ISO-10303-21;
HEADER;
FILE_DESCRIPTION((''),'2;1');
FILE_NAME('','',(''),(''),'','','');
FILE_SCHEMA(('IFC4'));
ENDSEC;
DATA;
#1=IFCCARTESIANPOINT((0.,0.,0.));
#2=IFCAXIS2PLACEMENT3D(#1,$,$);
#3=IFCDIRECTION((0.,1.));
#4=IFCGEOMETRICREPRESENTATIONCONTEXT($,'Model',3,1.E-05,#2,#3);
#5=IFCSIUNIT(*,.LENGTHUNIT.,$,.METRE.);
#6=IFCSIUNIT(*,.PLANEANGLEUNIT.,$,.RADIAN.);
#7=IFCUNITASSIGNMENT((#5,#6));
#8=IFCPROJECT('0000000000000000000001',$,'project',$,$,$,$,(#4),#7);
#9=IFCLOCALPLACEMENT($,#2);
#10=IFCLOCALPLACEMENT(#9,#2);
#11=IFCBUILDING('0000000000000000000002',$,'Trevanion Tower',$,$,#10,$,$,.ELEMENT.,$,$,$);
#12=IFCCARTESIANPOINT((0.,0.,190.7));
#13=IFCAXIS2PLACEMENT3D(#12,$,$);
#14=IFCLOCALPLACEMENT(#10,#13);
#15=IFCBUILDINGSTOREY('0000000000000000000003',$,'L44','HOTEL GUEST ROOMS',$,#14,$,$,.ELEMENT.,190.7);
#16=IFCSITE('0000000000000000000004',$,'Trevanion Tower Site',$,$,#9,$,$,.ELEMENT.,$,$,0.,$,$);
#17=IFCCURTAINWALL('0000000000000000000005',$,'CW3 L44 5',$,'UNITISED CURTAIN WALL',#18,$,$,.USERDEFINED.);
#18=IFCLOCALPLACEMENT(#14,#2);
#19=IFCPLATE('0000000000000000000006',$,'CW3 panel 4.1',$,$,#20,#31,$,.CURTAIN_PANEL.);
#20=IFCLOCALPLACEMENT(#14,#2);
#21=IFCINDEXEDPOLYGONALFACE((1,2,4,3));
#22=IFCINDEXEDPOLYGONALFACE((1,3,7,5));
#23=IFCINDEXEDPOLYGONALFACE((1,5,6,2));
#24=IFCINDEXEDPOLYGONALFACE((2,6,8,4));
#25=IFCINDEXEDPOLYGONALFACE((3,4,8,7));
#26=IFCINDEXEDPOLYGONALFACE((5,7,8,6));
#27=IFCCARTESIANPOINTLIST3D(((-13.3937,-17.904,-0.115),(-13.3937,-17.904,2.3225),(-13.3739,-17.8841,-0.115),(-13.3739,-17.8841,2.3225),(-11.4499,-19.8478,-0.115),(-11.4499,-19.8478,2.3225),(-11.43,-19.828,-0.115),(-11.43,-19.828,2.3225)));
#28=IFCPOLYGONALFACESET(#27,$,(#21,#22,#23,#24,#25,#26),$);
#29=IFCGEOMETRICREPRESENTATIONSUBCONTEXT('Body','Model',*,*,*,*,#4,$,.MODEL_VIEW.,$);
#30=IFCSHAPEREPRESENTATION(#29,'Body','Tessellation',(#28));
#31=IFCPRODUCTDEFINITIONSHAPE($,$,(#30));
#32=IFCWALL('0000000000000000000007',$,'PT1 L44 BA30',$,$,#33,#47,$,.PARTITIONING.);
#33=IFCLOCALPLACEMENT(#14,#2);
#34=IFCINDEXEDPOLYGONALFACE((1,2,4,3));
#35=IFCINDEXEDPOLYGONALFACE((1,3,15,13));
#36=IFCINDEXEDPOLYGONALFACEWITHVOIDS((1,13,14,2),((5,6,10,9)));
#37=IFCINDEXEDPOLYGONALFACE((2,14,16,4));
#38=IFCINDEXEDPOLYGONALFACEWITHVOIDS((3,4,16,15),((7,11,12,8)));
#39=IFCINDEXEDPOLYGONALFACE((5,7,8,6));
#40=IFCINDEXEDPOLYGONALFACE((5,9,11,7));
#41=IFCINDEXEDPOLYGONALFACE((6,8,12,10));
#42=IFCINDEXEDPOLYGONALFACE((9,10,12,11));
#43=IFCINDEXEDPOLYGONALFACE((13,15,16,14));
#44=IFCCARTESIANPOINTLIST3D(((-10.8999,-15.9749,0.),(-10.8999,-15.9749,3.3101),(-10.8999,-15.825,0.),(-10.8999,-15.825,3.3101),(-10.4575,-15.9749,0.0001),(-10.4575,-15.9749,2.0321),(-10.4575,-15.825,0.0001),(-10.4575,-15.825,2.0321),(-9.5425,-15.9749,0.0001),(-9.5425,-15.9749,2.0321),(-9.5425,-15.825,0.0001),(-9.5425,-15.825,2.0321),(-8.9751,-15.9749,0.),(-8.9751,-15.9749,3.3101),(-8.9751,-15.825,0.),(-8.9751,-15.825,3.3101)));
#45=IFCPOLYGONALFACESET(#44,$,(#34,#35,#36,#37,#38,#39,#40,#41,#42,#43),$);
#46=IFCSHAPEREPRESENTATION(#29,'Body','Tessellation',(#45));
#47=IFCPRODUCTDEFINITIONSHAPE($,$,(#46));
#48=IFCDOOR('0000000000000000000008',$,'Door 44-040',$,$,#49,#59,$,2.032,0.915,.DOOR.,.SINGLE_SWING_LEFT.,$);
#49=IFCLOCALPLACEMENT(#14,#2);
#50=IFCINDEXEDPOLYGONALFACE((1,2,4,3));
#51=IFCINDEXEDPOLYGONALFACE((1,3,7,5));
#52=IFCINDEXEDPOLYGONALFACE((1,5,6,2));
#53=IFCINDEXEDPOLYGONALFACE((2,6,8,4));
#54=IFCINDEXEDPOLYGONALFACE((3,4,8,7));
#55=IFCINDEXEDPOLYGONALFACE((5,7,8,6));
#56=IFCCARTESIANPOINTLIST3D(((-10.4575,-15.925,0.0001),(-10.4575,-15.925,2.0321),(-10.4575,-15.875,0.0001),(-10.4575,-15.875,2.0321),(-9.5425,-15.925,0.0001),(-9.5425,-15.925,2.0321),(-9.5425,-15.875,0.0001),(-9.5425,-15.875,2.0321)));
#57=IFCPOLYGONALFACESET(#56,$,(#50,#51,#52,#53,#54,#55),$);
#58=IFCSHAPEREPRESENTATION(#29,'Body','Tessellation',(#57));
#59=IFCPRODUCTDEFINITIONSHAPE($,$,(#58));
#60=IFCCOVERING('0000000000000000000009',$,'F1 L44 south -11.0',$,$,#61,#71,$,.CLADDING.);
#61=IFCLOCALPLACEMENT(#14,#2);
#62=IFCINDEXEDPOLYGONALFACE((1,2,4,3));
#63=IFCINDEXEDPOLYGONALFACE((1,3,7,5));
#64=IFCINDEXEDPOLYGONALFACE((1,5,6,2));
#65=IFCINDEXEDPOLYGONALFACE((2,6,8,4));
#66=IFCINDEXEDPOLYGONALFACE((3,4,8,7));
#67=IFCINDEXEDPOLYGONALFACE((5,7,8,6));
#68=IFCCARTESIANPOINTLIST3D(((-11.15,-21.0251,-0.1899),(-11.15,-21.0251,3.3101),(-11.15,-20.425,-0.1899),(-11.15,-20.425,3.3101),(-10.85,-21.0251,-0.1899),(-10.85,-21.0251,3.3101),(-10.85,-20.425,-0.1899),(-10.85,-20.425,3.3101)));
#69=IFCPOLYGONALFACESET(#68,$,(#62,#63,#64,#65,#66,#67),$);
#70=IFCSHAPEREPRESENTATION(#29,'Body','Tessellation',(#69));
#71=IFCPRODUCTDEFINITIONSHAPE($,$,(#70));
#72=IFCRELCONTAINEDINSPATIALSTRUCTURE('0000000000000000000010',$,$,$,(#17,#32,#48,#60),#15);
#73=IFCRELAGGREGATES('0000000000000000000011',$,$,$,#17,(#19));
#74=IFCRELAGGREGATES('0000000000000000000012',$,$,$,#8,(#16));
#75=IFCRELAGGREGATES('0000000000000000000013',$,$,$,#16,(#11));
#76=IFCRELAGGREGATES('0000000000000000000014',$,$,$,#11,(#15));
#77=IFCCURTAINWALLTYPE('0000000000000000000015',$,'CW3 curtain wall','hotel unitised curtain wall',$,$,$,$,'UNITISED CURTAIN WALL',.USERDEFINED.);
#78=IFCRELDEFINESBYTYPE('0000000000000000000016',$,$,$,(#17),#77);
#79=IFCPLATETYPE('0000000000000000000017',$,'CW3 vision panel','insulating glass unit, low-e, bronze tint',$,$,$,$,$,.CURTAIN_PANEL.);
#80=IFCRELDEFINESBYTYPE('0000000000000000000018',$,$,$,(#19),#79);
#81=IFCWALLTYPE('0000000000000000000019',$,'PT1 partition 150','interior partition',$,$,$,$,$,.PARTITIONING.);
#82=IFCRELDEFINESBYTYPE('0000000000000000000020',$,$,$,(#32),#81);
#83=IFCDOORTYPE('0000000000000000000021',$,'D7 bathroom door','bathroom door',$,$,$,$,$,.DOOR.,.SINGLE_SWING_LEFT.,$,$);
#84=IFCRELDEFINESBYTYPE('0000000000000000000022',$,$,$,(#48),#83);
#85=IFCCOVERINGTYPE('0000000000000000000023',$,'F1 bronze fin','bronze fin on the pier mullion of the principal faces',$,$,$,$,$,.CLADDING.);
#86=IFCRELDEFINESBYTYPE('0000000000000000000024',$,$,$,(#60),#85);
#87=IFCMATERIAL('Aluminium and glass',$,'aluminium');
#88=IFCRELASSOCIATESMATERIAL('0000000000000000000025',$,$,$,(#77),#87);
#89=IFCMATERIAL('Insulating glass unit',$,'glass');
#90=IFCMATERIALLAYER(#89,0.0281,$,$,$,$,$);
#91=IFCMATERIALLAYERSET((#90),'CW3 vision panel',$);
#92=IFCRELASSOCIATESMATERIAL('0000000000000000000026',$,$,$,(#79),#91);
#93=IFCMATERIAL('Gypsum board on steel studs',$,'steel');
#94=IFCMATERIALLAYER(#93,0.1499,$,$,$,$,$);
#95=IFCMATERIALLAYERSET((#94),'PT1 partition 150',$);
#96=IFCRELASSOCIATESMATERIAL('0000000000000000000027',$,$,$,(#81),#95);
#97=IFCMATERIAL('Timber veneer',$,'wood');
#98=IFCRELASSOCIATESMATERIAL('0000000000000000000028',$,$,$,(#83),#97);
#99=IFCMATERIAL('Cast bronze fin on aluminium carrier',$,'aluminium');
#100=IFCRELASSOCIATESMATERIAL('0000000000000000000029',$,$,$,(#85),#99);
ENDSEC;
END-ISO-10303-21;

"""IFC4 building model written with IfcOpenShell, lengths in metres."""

from ifc_helpers import new_model, si_unit, direction, frame, frame_2d, origin, origin_2d, place, context, subcontext, project, spatial, rectangle, extrude, material, layer, layer_set, type_object, element, fill, aggregate, save


model = new_model("IFC4")

# Units and contexts
model_context = context("Model", 3, precision=1e-05, world=origin(), true_north=direction((0.0, 1.0)))
body_context = subcontext(model_context, "Body", "Model", "MODEL_VIEW")
ifc_project = project(units=[si_unit("LENGTHUNIT", "METRE"), si_unit("PLANEANGLEUNIT", "RADIAN")], contexts=[model_context])

# Site, building, storey
site_placement = place(None, origin())
site = spatial("IfcSite", under=ifc_project, at=site_placement, Name="Trevanion Tower Site", CompositionType="ELEMENT", RefElevation=0.0)
building_placement = place(site_placement, origin())
building = spatial("IfcBuilding", under=site, at=building_placement, Name="Trevanion Tower", CompositionType="ELEMENT")
storey_placement = place(building_placement, frame((0.0, 0.0, 190.7)))
storey = spatial("IfcBuildingStorey", under=building, at=storey_placement, Name="L44", Description="HOTEL GUEST ROOMS", CompositionType="ELEMENT", Elevation=190.7)

# Curtain wall
ifc_material_1 = material(Name="Aluminium and glass", Category="aluminium")
curtain_wall_type = type_object("IfcCurtainWallType", Name="CW3 curtain wall", Description="hotel unitised curtain wall", ElementType="UNITISED CURTAIN WALL", PredefinedType="USERDEFINED", material=ifc_material_1)
curtain_wall_1_placement = place(storey_placement, origin())
curtain_wall_1 = element("IfcCurtainWall", 1, at=curtain_wall_1_placement, inside=storey, type_object=curtain_wall_type, Name="CW3 L44 5", ObjectType="UNITISED CURTAIN WALL", PredefinedType="USERDEFINED")

# Plate
ifc_material_2 = material(Name="Insulating glass unit", Category="glass")
ifc_layer_1 = layer(ifc_material_2, 0.0281)
ifc_layer_set_1 = layer_set([ifc_layer_1], Name="CW3 vision panel")
plate_type_1 = type_object("IfcPlateType", Name="CW3 vision panel", Description="insulating glass unit, low-e, bronze tint", PredefinedType="CURTAIN_PANEL", material=ifc_layer_set_1)
plate_1_placement = place(storey_placement, frame((-12.4119, -18.866, -0.115), z_axis=(0.0, 0.0, 1.0), x_axis=(0.707107, -0.707107, 0.0)))
plate_1 = element("IfcPlate", 2, at=plate_1_placement, type_object=plate_type_1, Name="CW3 panel 4.1", PredefinedType="CURTAIN_PANEL", context=body_context, shape_type="SweptSolid", body=[
    extrude(rectangle(XDim=2.749, YDim=0.0281, at=origin_2d()), origin(), (0.0, 0.0, 1.0), 2.4375),
])
aggregate(curtain_wall_1, [plate_1])

# Wall, opening, door
ifc_material_3 = material(Name="Gypsum board on steel studs", Category="steel")
ifc_layer_2 = layer(ifc_material_3, 0.1499)
ifc_layer_set_2 = layer_set([ifc_layer_2], Name="PT1 partition 150")
wall_type = type_object("IfcWallType", Name="PT1 partition 150", Description="interior partition", PredefinedType="PARTITIONING", material=ifc_layer_set_2)
wall_placement = place(storey_placement, frame((-10.8999, -15.8999, 0.0), z_axis=(0.0, 0.0, 1.0), x_axis=(1.0, 0.0, 0.0)))
wall = element("IfcWall", 3, at=wall_placement, inside=storey, type_object=wall_type, Name="PT1 L44 BA30", PredefinedType="PARTITIONING", context=body_context, shape_type="SweptSolid", body=[
    extrude(rectangle(XDim=1.9248, YDim=0.1499, at=frame_2d((0.9624, 0.0))), origin(), (0.0, 0.0, 1.0), 3.3101),
])
opening_placement = place(wall_placement, frame((0.4424, 0.0, 0.0)))
opening = element("IfcOpeningElement", 4, at=opening_placement, cuts=wall, PredefinedType="OPENING", context=body_context, shape_type="SweptSolid", body=[
    extrude(rectangle(XDim=0.915, YDim=2.032, at=frame_2d((0.4575, 1.0161))), frame((0.0, 0.085, 0.0), z_axis=(0.0, -1.0, 0.0), x_axis=(1.0, 0.0, 0.0)), (0.0, 0.0, 1.0), 0.1699),
])
ifc_material_4 = material(Name="Timber veneer", Category="wood")
door_type = type_object("IfcDoorType", Name="D7 bathroom door", Description="bathroom door", OperationType="SINGLE_SWING_LEFT", PredefinedType="DOOR", material=ifc_material_4)
door_placement = place(opening_placement, origin())
door = element("IfcDoor", 5, at=door_placement, inside=storey, type_object=door_type, Name="Door 44-040", OperationType="SINGLE_SWING_LEFT", OverallHeight=2.032, OverallWidth=0.915, PredefinedType="DOOR", context=body_context, shape_type="SweptSolid", body=[
    extrude(rectangle(XDim=0.915, YDim=2.032, at=frame_2d((0.4575, 1.0161))), frame((0.0, 0.0249, 0.0), z_axis=(0.0, -1.0, 0.0), x_axis=(1.0, 0.0, 0.0)), (0.0, 0.0, 1.0), 0.05),
])
fill(opening, door)

# Covering
ifc_material_5 = material(Name="Cast bronze fin on aluminium carrier", Category="aluminium")
covering_type = type_object("IfcCoveringType", Name="F1 bronze fin", Description="bronze fin on the pier mullion of the principal faces", PredefinedType="CLADDING", material=ifc_material_5)
covering_placement = place(storey_placement, frame((-11.0, -20.7251, -0.1899), z_axis=(0.0, 0.0, 1.0), x_axis=(1.0, 0.0, 0.0)))
element("IfcCovering", 6, at=covering_placement, inside=storey, type_object=covering_type, Name="F1 L44 south -11.0", PredefinedType="CLADDING", context=body_context, shape_type="SweptSolid", body=[
    extrude(rectangle(XDim=0.3, YDim=0.6001, at=origin_2d()), origin(), (0.0, 0.0, 1.0), 3.5),
])

save(model, "model.ifc")
